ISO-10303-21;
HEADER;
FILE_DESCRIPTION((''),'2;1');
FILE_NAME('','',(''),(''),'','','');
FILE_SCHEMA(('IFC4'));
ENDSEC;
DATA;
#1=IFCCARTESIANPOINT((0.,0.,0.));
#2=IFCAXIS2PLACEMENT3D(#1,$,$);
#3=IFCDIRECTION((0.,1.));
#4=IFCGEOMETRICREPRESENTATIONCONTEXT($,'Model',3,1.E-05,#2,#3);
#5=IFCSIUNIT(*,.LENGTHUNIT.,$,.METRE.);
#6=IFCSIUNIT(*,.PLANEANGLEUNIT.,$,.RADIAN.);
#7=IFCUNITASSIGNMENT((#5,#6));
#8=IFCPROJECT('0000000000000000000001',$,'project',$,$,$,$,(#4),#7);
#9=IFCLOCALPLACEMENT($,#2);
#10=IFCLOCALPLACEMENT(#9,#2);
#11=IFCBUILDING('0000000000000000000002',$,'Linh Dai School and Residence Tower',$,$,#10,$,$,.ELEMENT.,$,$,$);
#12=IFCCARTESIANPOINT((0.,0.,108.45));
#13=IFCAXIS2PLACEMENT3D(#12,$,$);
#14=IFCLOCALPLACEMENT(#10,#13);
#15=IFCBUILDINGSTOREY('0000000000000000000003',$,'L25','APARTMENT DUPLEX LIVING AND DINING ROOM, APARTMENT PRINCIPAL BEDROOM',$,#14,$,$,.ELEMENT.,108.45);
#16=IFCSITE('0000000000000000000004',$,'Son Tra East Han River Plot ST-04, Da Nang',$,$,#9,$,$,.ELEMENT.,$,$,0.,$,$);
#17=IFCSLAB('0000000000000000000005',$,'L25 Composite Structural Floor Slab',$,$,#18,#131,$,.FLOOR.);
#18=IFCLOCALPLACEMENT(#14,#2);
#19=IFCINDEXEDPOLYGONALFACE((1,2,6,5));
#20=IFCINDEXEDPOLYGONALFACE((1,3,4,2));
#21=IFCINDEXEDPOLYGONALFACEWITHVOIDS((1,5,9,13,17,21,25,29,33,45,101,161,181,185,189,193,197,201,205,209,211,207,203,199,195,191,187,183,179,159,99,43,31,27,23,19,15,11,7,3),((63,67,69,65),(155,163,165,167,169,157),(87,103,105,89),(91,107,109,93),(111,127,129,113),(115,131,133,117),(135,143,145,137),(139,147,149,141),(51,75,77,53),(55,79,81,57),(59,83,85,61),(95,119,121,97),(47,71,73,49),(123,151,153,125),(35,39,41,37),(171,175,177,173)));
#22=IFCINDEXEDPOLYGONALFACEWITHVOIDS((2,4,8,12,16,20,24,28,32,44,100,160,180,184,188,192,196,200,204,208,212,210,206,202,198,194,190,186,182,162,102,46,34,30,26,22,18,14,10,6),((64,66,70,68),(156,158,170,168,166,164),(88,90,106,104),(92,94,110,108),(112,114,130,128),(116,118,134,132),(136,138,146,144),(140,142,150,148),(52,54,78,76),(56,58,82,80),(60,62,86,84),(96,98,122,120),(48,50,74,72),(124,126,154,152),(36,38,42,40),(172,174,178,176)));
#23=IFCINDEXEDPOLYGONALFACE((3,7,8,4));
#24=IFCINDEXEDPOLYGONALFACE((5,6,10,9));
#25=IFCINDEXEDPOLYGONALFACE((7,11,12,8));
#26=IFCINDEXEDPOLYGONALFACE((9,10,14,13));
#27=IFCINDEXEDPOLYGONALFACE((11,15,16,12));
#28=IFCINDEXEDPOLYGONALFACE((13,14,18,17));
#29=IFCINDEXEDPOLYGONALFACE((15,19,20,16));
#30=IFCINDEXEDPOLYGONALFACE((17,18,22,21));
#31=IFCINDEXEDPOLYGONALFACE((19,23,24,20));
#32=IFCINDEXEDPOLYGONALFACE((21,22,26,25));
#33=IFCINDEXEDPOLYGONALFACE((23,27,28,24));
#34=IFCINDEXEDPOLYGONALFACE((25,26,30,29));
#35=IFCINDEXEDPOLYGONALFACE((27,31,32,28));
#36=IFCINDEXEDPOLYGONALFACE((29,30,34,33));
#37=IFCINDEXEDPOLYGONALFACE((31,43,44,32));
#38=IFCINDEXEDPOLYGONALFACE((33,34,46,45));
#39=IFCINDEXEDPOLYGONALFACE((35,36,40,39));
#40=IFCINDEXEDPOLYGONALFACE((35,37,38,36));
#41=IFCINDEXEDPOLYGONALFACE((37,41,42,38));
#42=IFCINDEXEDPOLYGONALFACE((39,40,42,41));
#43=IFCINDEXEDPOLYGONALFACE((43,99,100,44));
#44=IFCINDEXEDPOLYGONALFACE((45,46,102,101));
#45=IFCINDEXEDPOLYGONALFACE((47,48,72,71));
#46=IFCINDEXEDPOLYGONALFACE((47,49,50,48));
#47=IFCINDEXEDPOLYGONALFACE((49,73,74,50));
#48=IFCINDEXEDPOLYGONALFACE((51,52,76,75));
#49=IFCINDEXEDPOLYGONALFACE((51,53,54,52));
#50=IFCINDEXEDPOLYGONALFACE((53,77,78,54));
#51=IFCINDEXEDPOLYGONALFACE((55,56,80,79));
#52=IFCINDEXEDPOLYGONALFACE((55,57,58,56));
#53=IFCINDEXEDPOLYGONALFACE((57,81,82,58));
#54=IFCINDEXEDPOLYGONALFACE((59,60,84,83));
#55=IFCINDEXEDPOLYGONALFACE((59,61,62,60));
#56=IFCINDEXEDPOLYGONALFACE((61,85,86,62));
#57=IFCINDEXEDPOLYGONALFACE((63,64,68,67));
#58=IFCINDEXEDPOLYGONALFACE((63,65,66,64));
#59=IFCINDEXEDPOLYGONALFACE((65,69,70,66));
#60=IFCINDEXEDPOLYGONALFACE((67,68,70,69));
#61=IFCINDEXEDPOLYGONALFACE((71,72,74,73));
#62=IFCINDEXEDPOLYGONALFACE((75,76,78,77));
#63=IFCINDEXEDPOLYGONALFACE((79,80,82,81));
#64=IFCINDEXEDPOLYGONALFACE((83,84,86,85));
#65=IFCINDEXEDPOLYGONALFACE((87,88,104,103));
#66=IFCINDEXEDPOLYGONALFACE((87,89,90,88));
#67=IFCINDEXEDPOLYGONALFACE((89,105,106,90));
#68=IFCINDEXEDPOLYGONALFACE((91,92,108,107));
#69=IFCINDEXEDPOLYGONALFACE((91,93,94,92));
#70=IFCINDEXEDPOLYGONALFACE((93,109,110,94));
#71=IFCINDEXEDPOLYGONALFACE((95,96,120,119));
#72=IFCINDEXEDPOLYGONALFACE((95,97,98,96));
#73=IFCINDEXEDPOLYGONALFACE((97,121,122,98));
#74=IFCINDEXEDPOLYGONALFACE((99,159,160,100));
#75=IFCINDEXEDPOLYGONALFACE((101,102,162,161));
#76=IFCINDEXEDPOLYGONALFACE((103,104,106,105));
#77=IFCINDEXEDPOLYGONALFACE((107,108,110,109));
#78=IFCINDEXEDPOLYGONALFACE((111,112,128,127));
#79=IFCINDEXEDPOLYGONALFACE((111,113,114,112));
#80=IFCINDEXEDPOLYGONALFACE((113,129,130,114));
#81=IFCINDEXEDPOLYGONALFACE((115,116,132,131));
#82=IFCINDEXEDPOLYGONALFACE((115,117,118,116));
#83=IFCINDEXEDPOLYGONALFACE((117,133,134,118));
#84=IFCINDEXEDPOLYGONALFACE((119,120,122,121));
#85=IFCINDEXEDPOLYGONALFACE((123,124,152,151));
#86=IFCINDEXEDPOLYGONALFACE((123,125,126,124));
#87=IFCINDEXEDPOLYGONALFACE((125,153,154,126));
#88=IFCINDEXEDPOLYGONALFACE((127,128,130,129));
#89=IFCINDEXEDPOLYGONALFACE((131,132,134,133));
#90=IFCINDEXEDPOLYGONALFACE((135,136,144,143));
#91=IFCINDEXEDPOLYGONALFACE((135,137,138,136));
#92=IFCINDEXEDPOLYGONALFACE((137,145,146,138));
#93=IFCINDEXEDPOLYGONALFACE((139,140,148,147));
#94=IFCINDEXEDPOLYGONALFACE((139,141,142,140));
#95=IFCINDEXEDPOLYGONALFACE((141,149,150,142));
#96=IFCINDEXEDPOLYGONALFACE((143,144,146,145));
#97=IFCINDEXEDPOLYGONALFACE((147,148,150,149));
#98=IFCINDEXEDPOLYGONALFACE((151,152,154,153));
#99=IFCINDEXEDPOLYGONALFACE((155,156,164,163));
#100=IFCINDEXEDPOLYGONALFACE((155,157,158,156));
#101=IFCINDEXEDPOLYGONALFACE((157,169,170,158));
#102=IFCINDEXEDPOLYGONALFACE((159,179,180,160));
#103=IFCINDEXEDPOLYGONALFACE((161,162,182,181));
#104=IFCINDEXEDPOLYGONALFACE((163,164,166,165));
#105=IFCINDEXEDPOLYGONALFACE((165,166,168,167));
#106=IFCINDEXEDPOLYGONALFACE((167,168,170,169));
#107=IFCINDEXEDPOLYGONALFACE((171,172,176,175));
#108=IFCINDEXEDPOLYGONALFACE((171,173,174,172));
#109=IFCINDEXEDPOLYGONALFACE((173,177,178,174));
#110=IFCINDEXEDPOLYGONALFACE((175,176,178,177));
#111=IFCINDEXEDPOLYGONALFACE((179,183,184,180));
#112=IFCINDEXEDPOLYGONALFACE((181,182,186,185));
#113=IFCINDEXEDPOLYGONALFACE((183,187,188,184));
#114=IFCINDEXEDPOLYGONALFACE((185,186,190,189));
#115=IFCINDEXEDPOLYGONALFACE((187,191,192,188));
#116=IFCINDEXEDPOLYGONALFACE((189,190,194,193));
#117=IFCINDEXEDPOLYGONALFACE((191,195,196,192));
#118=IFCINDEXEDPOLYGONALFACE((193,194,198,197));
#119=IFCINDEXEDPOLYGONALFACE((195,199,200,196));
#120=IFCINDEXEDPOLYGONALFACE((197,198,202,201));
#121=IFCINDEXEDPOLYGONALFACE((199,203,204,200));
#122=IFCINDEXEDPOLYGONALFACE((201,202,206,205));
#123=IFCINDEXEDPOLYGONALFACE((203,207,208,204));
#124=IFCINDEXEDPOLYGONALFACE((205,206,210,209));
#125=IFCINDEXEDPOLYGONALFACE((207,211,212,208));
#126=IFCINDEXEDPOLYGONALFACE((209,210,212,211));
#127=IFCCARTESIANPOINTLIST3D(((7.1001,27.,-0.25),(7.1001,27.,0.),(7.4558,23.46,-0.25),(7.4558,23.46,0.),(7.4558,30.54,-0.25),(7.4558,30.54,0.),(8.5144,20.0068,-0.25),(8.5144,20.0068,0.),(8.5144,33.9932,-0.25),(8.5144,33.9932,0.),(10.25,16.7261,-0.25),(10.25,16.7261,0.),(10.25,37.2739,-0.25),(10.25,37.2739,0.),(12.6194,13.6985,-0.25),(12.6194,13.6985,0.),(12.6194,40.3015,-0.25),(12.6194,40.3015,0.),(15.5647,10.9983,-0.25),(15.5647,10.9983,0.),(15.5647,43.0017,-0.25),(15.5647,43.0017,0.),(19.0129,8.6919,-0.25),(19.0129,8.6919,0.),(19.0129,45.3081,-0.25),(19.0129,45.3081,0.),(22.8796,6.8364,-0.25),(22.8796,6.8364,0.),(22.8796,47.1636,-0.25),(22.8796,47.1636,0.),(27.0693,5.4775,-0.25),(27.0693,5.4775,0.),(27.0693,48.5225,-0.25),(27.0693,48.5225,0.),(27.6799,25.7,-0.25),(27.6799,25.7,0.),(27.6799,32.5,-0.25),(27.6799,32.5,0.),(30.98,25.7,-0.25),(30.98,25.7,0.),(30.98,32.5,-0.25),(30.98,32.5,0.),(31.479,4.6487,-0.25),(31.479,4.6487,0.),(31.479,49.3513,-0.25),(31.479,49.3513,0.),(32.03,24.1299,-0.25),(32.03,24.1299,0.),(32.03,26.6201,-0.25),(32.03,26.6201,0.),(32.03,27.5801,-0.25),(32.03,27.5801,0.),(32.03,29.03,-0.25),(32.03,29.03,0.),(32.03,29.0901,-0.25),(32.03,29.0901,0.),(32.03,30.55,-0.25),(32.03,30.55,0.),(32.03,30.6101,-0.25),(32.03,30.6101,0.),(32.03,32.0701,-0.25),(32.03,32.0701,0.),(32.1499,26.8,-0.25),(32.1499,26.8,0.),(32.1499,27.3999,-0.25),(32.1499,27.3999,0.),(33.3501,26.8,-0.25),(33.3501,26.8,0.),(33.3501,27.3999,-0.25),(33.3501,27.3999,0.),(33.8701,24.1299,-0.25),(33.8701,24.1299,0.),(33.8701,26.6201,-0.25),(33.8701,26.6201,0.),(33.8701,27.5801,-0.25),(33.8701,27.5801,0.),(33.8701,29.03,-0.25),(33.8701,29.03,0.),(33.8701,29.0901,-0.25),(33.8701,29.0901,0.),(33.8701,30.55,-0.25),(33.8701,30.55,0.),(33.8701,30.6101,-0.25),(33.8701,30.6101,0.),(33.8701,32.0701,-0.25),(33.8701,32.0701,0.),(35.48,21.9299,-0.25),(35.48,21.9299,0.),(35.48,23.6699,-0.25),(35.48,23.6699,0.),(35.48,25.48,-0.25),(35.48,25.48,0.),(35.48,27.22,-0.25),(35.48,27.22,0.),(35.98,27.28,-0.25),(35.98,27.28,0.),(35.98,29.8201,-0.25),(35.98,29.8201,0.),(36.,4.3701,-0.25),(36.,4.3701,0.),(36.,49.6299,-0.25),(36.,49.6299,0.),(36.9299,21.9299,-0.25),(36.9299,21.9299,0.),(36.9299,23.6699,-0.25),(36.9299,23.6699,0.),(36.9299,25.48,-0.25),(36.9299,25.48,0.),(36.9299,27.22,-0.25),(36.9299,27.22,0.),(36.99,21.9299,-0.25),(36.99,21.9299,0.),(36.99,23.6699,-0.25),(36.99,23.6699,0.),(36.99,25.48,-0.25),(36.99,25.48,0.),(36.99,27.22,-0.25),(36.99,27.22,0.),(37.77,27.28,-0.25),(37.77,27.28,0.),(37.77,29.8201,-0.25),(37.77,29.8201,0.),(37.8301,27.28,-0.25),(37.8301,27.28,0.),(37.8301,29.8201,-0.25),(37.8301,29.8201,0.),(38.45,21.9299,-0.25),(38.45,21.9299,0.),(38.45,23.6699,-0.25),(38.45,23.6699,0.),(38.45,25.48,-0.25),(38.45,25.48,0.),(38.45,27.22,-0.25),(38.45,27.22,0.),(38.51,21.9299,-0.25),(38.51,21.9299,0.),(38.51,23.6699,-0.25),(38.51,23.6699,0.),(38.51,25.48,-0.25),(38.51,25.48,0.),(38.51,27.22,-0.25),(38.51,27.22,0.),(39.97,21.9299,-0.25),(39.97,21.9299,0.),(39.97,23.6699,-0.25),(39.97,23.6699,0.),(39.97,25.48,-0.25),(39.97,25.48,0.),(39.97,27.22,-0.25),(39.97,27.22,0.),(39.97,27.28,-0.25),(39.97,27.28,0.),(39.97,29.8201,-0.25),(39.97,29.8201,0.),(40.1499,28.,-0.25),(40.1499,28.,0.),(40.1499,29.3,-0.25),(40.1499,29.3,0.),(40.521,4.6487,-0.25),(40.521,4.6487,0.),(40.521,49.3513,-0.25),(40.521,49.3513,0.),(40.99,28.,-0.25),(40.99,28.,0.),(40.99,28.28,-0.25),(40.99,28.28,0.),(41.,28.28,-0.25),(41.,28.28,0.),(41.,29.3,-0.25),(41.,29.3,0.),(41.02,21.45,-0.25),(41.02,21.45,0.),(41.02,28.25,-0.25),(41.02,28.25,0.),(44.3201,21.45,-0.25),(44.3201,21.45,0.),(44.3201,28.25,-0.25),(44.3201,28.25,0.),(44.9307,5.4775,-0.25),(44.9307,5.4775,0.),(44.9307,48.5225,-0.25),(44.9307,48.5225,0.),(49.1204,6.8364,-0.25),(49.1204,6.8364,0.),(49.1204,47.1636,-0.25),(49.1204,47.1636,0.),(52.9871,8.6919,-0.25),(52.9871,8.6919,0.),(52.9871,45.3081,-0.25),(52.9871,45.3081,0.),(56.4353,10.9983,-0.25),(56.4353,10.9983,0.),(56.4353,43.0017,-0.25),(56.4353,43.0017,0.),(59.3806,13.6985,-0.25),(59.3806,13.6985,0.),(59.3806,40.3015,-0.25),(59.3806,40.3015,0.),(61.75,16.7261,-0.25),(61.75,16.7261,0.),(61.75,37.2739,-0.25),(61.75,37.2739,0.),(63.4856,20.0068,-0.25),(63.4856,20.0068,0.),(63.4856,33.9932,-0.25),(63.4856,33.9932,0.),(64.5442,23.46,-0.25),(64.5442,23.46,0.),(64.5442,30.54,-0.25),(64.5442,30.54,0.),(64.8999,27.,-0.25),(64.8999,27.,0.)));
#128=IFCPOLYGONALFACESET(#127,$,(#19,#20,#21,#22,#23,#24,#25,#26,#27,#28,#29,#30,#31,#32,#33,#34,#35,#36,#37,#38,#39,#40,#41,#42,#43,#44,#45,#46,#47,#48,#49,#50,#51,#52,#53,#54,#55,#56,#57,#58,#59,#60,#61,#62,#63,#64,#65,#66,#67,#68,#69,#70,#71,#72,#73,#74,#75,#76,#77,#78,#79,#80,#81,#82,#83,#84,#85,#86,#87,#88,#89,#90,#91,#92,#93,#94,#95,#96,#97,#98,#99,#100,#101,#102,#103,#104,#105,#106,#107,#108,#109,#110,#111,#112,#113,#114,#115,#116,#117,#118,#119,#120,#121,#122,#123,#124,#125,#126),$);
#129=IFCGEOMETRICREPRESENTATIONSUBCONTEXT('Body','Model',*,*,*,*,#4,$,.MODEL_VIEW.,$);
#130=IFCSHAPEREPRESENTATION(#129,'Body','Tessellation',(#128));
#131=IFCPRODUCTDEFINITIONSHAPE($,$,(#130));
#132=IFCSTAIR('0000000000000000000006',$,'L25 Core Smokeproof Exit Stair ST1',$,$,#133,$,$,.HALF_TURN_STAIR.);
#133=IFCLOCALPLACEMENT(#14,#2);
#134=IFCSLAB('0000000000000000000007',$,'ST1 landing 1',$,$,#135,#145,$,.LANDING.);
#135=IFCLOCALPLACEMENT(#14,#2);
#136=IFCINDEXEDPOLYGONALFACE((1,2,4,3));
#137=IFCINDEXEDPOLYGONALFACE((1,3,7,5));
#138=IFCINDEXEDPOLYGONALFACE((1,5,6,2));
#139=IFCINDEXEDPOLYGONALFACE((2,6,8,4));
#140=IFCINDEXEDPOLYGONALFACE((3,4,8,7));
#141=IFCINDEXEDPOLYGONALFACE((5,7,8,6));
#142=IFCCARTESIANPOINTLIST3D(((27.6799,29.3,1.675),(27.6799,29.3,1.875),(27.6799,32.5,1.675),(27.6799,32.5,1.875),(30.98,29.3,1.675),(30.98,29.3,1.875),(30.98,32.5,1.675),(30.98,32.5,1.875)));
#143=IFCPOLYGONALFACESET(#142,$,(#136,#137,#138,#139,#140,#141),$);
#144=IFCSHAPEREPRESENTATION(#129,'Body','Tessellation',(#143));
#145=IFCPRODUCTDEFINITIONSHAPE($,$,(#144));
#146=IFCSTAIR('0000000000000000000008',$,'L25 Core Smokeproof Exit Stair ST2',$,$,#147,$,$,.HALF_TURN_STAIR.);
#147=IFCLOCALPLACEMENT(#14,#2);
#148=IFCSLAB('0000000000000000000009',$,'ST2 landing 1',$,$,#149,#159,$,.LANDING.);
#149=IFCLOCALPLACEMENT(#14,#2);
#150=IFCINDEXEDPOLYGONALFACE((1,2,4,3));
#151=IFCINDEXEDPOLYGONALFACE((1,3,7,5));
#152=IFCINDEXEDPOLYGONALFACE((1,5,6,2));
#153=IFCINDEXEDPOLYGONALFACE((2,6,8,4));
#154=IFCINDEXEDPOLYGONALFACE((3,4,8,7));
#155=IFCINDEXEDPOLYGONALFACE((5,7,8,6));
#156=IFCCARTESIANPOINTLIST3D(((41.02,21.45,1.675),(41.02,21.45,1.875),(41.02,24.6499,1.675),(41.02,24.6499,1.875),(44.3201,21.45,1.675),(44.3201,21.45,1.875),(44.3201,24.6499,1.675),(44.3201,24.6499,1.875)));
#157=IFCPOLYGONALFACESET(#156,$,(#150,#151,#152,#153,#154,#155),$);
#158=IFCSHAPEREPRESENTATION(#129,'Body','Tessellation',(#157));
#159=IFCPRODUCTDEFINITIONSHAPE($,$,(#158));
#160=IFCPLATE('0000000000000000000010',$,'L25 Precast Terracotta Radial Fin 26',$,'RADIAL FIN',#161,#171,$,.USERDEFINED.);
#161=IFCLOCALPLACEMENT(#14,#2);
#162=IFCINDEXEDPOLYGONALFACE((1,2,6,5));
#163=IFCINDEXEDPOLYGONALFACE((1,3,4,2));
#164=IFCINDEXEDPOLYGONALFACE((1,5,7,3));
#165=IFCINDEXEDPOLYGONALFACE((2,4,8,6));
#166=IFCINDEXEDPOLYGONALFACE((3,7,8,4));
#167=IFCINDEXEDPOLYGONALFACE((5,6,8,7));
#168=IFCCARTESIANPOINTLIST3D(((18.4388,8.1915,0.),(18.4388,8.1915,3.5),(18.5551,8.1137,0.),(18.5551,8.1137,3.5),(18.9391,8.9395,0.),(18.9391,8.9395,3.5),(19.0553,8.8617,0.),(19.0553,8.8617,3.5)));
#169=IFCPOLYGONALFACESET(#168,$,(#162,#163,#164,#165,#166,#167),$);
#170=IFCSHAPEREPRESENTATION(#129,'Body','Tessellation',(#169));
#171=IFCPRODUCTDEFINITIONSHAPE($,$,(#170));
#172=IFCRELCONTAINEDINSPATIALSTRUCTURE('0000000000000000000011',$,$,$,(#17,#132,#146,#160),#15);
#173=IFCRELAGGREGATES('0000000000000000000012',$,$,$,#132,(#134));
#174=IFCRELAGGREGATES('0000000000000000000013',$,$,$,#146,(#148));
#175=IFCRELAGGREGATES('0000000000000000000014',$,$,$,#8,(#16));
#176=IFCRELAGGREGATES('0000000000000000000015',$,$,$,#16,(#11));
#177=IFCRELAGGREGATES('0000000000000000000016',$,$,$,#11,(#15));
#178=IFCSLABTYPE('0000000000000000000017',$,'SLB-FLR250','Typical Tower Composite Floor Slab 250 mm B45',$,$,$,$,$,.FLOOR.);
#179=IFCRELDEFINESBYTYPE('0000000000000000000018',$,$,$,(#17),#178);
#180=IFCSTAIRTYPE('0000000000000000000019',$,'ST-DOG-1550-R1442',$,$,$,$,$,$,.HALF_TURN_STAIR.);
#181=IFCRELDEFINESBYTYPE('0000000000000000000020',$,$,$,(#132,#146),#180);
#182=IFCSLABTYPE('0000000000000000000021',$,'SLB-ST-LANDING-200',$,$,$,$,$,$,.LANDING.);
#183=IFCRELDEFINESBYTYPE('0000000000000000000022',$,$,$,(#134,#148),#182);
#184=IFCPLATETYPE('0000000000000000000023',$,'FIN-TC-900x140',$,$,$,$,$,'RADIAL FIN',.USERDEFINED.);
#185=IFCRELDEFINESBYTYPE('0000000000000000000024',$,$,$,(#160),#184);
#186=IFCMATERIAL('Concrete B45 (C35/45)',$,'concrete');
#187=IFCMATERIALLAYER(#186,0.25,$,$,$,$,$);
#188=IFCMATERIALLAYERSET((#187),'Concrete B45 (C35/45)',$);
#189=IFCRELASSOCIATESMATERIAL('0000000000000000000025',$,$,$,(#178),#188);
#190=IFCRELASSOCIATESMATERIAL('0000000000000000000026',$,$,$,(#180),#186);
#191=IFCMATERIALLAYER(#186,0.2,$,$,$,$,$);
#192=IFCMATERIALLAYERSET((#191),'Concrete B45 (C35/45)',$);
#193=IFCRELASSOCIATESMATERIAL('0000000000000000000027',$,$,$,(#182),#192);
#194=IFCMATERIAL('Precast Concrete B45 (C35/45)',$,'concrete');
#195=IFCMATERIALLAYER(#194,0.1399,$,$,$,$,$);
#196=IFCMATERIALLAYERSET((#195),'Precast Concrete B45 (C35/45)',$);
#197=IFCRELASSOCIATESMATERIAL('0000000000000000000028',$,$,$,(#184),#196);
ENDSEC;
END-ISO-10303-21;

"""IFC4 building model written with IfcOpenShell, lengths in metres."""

from ifc_helpers import new_model, si_unit, direction, frame, origin, origin_2d, place, context, subcontext, project, spatial, polyline, rectangle, outline, extrude, source, transform, mapped, material, layer, layer_set, type_object, element, aggregate, save


model = new_model("IFC4")

# Units and contexts
model_context = context("Model", 3, precision=1e-05, world=origin(), true_north=direction((0.0, 1.0)))
body_context = subcontext(model_context, "Body", "Model", "MODEL_VIEW")
ifc_project = project(units=[si_unit("LENGTHUNIT", "METRE"), si_unit("PLANEANGLEUNIT", "RADIAN")], contexts=[model_context])

# Site, building, storey
site_placement = place(None, origin())
site = spatial("IfcSite", under=ifc_project, at=site_placement, Name="Son Tra East Han River Plot ST-04, Da Nang", CompositionType="ELEMENT", RefElevation=0.0)
building_placement = place(site_placement, origin())
building = spatial("IfcBuilding", under=site, at=building_placement, Name="Linh Dai School and Residence Tower", CompositionType="ELEMENT")
storey_placement = place(building_placement, frame((0.0, 0.0, 108.45)))
storey = spatial("IfcBuildingStorey", under=building, at=storey_placement, Name="L25", Description="APARTMENT DUPLEX LIVING AND DINING ROOM, APARTMENT PRINCIPAL BEDROOM", CompositionType="ELEMENT", Elevation=108.45)

# Slab
ifc_material_1 = material(Name="Concrete B45 (C35/45)", Category="concrete")
ifc_layer_1 = layer(ifc_material_1, 0.25)
ifc_layer_set_1 = layer_set([ifc_layer_1], Name="Concrete B45 (C35/45)")
slab_type_1 = type_object("IfcSlabType", Name="SLB-FLR250", Description="Typical Tower Composite Floor Slab 250 mm B45", PredefinedType="FLOOR", material=ifc_layer_set_1)
slab_1_placement = place(storey_placement, frame((0.0, 0.0, -0.25)))
element("IfcSlab", 1, at=slab_1_placement, inside=storey, type_object=slab_type_1, Name="L25 Composite Structural Floor Slab", PredefinedType="FLOOR", context=body_context, shape_type="SweptSolid", body=[
    extrude(outline(polyline([(64.8999, 27.0), (64.5442, 30.54), (63.4856, 33.9932), (61.75, 37.2739), (59.3806, 40.3015), (56.4353, 43.0017), (52.9871, 45.3081), (49.1204, 47.1636), (44.9307, 48.5225), (40.521, 49.3513), (36.0, 49.6299), (31.479, 49.3513), (27.0693, 48.5225), (22.8796, 47.1636), (19.0129, 45.3081), (15.5647, 43.0017), (12.6194, 40.3015), (10.25, 37.2739), (8.5144, 33.9932), (7.4558, 30.54), (7.1001, 27.0), (7.4558, 23.46), (8.5144, 20.0068), (10.25, 16.7261), (12.6194, 13.6985), (15.5647, 10.9983), (19.0129, 8.6919), (22.8796, 6.8364), (27.0693, 5.4775), (31.479, 4.6487), (36.0, 4.3701), (40.521, 4.6487), (44.9307, 5.4775), (49.1204, 6.8364), (52.9871, 8.6919), (56.4353, 10.9983), (59.3806, 13.6985), (61.75, 16.7261), (63.4856, 20.0068), (64.5442, 23.46), (64.8999, 27.0)]), holes=[polyline([(30.98, 25.7), (30.98, 32.5), (27.6799, 32.5), (27.6799, 25.7), (30.98, 25.7)]), polyline([(41.02, 28.25), (41.02, 21.45), (44.3201, 21.45), (44.3201, 28.25), (41.02, 28.25)]), polyline([(35.98, 27.28), (37.77, 27.28), (37.77, 29.8201), (35.98, 29.8201), (35.98, 27.28)]), polyline([(32.03, 24.1299), (33.8701, 24.1299), (33.8701, 26.6201), (32.03, 26.6201), (32.03, 24.1299)]), polyline([(37.8301, 27.28), (39.97, 27.28), (39.97, 29.8201), (37.8301, 29.8201), (37.8301, 27.28)]), polyline([(35.48, 21.9299), (36.9299, 21.9299), (36.9299, 23.6699), (35.48, 23.6699), (35.48, 21.9299)]), polyline([(36.99, 21.9299), (38.45, 21.9299), (38.45, 23.6699), (36.99, 23.6699), (36.99, 21.9299)]), polyline([(38.51, 21.9299), (39.97, 21.9299), (39.97, 23.6699), (38.51, 23.6699), (38.51, 21.9299)]), polyline([(32.03, 27.5801), (33.8701, 27.5801), (33.8701, 29.03), (32.03, 29.03), (32.03, 27.5801)]), polyline([(32.03, 29.0901), (33.8701, 29.0901), (33.8701, 30.55), (32.03, 30.55), (32.03, 29.0901)]), polyline([(32.03, 30.6101), (33.8701, 30.6101), (33.8701, 32.0701), (32.03, 32.0701), (32.03, 30.6101)]), polyline([(35.48, 25.48), (36.9299, 25.48), (36.9299, 27.22), (35.48, 27.22), (35.48, 25.48)]), polyline([(36.99, 25.48), (38.45, 25.48), (38.45, 27.22), (36.99, 27.22), (36.99, 25.48)]), polyline([(38.51, 25.48), (39.97, 25.48), (39.97, 27.22), (38.51, 27.22), (38.51, 25.48)]), polyline([(40.1499, 28.0), (40.1499, 29.3), (41.0, 29.3), (41.0, 28.28), (40.99, 28.28), (40.99, 28.0), (40.1499, 28.0)]), polyline([(32.1499, 26.8), (33.3501, 26.8), (33.3501, 27.3999), (32.1499, 27.3999), (32.1499, 26.8)])]), origin(), (0.0, 0.0, 1.0), 0.25),
])

# Stairs, slabs
stair_type = type_object("IfcStairType", Name="ST-DOG-1550-R1442", PredefinedType="HALF_TURN_STAIR", material=ifc_material_1)
stair_1_placement = place(storey_placement, origin())
stair_1 = element("IfcStair", 2, at=stair_1_placement, inside=storey, type_object=stair_type, Name="L25 Core Smokeproof Exit Stair ST1", PredefinedType="HALF_TURN_STAIR")
ifc_layer_2 = layer(ifc_material_1, 0.2)
ifc_layer_set_2 = layer_set([ifc_layer_2], Name="Concrete B45 (C35/45)")
slab_type_2 = type_object("IfcSlabType", Name="SLB-ST-LANDING-200", PredefinedType="LANDING", material=ifc_layer_set_2)
slab_2_placement = place(storey_placement, frame((0.0, 0.0, 1.675)))
slab_2 = element("IfcSlab", 3, at=slab_2_placement, type_object=slab_type_2, Name="ST1 landing 1", PredefinedType="LANDING", context=body_context, shape_type="SweptSolid", body=[
    extrude(outline(polyline([(30.98, 29.3), (30.98, 32.5), (27.6799, 32.5), (27.6799, 29.3), (30.98, 29.3)])), origin(), (0.0, 0.0, 1.0), 0.2),
])
aggregate(stair_1, [slab_2])
stair_2_placement = place(storey_placement, origin())
stair_2 = element("IfcStair", 4, at=stair_2_placement, inside=storey, type_object=stair_type, Name="L25 Core Smokeproof Exit Stair ST2", PredefinedType="HALF_TURN_STAIR")
slab_3_placement = place(storey_placement, frame((0.0, 0.0, 1.675)))
slab_3 = element("IfcSlab", 5, at=slab_3_placement, type_object=slab_type_2, Name="ST2 landing 1", PredefinedType="LANDING", context=body_context, shape_type="SweptSolid", body=[
    extrude(outline(polyline([(41.02, 24.6499), (41.02, 21.45), (44.3201, 21.45), (44.3201, 24.6499), (41.02, 24.6499)])), origin(), (0.0, 0.0, 1.0), 0.2),
])
aggregate(stair_2, [slab_3])

# Plate
ifc_material_2 = material(Name="Precast Concrete B45 (C35/45)", Category="concrete")
ifc_layer_3 = layer(ifc_material_2, 0.1399)
ifc_layer_set_3 = layer_set([ifc_layer_3], Name="Precast Concrete B45 (C35/45)")
plate_type = type_object("IfcPlateType", Name="FIN-TC-900x140", ElementType="RADIAL FIN", PredefinedType="USERDEFINED", material=ifc_layer_set_3)
shared_shape_1 = source(origin(), body_context, "Body", "SweptSolid", [
    extrude(rectangle(XDim=0.8999, YDim=0.1399, at=origin_2d()), origin(), (0.0, 0.0, 1.0), 3.5),
])
plate_placement = place(storey_placement, frame((18.7471, 8.5266, 0.0), z_axis=(0.0, 0.0, 1.0), x_axis=(-0.555913, -0.83124, 0.0)))
element("IfcPlate", 6, at=plate_placement, inside=storey, type_object=plate_type, Name="L25 Precast Terracotta Radial Fin 26", ObjectType="RADIAL FIN", PredefinedType="USERDEFINED", context=body_context, shape_type="MappedRepresentation", body=[
    mapped(shared_shape_1, transform((0.0, 0.0, 0.0), x_axis=(1.0, 0.0, 0.0), y_axis=(0.0, 1.0, 0.0), z_axis=(0.0, 0.0, 1.0), scale=1.0)),
])

save(model, "model.ifc")
